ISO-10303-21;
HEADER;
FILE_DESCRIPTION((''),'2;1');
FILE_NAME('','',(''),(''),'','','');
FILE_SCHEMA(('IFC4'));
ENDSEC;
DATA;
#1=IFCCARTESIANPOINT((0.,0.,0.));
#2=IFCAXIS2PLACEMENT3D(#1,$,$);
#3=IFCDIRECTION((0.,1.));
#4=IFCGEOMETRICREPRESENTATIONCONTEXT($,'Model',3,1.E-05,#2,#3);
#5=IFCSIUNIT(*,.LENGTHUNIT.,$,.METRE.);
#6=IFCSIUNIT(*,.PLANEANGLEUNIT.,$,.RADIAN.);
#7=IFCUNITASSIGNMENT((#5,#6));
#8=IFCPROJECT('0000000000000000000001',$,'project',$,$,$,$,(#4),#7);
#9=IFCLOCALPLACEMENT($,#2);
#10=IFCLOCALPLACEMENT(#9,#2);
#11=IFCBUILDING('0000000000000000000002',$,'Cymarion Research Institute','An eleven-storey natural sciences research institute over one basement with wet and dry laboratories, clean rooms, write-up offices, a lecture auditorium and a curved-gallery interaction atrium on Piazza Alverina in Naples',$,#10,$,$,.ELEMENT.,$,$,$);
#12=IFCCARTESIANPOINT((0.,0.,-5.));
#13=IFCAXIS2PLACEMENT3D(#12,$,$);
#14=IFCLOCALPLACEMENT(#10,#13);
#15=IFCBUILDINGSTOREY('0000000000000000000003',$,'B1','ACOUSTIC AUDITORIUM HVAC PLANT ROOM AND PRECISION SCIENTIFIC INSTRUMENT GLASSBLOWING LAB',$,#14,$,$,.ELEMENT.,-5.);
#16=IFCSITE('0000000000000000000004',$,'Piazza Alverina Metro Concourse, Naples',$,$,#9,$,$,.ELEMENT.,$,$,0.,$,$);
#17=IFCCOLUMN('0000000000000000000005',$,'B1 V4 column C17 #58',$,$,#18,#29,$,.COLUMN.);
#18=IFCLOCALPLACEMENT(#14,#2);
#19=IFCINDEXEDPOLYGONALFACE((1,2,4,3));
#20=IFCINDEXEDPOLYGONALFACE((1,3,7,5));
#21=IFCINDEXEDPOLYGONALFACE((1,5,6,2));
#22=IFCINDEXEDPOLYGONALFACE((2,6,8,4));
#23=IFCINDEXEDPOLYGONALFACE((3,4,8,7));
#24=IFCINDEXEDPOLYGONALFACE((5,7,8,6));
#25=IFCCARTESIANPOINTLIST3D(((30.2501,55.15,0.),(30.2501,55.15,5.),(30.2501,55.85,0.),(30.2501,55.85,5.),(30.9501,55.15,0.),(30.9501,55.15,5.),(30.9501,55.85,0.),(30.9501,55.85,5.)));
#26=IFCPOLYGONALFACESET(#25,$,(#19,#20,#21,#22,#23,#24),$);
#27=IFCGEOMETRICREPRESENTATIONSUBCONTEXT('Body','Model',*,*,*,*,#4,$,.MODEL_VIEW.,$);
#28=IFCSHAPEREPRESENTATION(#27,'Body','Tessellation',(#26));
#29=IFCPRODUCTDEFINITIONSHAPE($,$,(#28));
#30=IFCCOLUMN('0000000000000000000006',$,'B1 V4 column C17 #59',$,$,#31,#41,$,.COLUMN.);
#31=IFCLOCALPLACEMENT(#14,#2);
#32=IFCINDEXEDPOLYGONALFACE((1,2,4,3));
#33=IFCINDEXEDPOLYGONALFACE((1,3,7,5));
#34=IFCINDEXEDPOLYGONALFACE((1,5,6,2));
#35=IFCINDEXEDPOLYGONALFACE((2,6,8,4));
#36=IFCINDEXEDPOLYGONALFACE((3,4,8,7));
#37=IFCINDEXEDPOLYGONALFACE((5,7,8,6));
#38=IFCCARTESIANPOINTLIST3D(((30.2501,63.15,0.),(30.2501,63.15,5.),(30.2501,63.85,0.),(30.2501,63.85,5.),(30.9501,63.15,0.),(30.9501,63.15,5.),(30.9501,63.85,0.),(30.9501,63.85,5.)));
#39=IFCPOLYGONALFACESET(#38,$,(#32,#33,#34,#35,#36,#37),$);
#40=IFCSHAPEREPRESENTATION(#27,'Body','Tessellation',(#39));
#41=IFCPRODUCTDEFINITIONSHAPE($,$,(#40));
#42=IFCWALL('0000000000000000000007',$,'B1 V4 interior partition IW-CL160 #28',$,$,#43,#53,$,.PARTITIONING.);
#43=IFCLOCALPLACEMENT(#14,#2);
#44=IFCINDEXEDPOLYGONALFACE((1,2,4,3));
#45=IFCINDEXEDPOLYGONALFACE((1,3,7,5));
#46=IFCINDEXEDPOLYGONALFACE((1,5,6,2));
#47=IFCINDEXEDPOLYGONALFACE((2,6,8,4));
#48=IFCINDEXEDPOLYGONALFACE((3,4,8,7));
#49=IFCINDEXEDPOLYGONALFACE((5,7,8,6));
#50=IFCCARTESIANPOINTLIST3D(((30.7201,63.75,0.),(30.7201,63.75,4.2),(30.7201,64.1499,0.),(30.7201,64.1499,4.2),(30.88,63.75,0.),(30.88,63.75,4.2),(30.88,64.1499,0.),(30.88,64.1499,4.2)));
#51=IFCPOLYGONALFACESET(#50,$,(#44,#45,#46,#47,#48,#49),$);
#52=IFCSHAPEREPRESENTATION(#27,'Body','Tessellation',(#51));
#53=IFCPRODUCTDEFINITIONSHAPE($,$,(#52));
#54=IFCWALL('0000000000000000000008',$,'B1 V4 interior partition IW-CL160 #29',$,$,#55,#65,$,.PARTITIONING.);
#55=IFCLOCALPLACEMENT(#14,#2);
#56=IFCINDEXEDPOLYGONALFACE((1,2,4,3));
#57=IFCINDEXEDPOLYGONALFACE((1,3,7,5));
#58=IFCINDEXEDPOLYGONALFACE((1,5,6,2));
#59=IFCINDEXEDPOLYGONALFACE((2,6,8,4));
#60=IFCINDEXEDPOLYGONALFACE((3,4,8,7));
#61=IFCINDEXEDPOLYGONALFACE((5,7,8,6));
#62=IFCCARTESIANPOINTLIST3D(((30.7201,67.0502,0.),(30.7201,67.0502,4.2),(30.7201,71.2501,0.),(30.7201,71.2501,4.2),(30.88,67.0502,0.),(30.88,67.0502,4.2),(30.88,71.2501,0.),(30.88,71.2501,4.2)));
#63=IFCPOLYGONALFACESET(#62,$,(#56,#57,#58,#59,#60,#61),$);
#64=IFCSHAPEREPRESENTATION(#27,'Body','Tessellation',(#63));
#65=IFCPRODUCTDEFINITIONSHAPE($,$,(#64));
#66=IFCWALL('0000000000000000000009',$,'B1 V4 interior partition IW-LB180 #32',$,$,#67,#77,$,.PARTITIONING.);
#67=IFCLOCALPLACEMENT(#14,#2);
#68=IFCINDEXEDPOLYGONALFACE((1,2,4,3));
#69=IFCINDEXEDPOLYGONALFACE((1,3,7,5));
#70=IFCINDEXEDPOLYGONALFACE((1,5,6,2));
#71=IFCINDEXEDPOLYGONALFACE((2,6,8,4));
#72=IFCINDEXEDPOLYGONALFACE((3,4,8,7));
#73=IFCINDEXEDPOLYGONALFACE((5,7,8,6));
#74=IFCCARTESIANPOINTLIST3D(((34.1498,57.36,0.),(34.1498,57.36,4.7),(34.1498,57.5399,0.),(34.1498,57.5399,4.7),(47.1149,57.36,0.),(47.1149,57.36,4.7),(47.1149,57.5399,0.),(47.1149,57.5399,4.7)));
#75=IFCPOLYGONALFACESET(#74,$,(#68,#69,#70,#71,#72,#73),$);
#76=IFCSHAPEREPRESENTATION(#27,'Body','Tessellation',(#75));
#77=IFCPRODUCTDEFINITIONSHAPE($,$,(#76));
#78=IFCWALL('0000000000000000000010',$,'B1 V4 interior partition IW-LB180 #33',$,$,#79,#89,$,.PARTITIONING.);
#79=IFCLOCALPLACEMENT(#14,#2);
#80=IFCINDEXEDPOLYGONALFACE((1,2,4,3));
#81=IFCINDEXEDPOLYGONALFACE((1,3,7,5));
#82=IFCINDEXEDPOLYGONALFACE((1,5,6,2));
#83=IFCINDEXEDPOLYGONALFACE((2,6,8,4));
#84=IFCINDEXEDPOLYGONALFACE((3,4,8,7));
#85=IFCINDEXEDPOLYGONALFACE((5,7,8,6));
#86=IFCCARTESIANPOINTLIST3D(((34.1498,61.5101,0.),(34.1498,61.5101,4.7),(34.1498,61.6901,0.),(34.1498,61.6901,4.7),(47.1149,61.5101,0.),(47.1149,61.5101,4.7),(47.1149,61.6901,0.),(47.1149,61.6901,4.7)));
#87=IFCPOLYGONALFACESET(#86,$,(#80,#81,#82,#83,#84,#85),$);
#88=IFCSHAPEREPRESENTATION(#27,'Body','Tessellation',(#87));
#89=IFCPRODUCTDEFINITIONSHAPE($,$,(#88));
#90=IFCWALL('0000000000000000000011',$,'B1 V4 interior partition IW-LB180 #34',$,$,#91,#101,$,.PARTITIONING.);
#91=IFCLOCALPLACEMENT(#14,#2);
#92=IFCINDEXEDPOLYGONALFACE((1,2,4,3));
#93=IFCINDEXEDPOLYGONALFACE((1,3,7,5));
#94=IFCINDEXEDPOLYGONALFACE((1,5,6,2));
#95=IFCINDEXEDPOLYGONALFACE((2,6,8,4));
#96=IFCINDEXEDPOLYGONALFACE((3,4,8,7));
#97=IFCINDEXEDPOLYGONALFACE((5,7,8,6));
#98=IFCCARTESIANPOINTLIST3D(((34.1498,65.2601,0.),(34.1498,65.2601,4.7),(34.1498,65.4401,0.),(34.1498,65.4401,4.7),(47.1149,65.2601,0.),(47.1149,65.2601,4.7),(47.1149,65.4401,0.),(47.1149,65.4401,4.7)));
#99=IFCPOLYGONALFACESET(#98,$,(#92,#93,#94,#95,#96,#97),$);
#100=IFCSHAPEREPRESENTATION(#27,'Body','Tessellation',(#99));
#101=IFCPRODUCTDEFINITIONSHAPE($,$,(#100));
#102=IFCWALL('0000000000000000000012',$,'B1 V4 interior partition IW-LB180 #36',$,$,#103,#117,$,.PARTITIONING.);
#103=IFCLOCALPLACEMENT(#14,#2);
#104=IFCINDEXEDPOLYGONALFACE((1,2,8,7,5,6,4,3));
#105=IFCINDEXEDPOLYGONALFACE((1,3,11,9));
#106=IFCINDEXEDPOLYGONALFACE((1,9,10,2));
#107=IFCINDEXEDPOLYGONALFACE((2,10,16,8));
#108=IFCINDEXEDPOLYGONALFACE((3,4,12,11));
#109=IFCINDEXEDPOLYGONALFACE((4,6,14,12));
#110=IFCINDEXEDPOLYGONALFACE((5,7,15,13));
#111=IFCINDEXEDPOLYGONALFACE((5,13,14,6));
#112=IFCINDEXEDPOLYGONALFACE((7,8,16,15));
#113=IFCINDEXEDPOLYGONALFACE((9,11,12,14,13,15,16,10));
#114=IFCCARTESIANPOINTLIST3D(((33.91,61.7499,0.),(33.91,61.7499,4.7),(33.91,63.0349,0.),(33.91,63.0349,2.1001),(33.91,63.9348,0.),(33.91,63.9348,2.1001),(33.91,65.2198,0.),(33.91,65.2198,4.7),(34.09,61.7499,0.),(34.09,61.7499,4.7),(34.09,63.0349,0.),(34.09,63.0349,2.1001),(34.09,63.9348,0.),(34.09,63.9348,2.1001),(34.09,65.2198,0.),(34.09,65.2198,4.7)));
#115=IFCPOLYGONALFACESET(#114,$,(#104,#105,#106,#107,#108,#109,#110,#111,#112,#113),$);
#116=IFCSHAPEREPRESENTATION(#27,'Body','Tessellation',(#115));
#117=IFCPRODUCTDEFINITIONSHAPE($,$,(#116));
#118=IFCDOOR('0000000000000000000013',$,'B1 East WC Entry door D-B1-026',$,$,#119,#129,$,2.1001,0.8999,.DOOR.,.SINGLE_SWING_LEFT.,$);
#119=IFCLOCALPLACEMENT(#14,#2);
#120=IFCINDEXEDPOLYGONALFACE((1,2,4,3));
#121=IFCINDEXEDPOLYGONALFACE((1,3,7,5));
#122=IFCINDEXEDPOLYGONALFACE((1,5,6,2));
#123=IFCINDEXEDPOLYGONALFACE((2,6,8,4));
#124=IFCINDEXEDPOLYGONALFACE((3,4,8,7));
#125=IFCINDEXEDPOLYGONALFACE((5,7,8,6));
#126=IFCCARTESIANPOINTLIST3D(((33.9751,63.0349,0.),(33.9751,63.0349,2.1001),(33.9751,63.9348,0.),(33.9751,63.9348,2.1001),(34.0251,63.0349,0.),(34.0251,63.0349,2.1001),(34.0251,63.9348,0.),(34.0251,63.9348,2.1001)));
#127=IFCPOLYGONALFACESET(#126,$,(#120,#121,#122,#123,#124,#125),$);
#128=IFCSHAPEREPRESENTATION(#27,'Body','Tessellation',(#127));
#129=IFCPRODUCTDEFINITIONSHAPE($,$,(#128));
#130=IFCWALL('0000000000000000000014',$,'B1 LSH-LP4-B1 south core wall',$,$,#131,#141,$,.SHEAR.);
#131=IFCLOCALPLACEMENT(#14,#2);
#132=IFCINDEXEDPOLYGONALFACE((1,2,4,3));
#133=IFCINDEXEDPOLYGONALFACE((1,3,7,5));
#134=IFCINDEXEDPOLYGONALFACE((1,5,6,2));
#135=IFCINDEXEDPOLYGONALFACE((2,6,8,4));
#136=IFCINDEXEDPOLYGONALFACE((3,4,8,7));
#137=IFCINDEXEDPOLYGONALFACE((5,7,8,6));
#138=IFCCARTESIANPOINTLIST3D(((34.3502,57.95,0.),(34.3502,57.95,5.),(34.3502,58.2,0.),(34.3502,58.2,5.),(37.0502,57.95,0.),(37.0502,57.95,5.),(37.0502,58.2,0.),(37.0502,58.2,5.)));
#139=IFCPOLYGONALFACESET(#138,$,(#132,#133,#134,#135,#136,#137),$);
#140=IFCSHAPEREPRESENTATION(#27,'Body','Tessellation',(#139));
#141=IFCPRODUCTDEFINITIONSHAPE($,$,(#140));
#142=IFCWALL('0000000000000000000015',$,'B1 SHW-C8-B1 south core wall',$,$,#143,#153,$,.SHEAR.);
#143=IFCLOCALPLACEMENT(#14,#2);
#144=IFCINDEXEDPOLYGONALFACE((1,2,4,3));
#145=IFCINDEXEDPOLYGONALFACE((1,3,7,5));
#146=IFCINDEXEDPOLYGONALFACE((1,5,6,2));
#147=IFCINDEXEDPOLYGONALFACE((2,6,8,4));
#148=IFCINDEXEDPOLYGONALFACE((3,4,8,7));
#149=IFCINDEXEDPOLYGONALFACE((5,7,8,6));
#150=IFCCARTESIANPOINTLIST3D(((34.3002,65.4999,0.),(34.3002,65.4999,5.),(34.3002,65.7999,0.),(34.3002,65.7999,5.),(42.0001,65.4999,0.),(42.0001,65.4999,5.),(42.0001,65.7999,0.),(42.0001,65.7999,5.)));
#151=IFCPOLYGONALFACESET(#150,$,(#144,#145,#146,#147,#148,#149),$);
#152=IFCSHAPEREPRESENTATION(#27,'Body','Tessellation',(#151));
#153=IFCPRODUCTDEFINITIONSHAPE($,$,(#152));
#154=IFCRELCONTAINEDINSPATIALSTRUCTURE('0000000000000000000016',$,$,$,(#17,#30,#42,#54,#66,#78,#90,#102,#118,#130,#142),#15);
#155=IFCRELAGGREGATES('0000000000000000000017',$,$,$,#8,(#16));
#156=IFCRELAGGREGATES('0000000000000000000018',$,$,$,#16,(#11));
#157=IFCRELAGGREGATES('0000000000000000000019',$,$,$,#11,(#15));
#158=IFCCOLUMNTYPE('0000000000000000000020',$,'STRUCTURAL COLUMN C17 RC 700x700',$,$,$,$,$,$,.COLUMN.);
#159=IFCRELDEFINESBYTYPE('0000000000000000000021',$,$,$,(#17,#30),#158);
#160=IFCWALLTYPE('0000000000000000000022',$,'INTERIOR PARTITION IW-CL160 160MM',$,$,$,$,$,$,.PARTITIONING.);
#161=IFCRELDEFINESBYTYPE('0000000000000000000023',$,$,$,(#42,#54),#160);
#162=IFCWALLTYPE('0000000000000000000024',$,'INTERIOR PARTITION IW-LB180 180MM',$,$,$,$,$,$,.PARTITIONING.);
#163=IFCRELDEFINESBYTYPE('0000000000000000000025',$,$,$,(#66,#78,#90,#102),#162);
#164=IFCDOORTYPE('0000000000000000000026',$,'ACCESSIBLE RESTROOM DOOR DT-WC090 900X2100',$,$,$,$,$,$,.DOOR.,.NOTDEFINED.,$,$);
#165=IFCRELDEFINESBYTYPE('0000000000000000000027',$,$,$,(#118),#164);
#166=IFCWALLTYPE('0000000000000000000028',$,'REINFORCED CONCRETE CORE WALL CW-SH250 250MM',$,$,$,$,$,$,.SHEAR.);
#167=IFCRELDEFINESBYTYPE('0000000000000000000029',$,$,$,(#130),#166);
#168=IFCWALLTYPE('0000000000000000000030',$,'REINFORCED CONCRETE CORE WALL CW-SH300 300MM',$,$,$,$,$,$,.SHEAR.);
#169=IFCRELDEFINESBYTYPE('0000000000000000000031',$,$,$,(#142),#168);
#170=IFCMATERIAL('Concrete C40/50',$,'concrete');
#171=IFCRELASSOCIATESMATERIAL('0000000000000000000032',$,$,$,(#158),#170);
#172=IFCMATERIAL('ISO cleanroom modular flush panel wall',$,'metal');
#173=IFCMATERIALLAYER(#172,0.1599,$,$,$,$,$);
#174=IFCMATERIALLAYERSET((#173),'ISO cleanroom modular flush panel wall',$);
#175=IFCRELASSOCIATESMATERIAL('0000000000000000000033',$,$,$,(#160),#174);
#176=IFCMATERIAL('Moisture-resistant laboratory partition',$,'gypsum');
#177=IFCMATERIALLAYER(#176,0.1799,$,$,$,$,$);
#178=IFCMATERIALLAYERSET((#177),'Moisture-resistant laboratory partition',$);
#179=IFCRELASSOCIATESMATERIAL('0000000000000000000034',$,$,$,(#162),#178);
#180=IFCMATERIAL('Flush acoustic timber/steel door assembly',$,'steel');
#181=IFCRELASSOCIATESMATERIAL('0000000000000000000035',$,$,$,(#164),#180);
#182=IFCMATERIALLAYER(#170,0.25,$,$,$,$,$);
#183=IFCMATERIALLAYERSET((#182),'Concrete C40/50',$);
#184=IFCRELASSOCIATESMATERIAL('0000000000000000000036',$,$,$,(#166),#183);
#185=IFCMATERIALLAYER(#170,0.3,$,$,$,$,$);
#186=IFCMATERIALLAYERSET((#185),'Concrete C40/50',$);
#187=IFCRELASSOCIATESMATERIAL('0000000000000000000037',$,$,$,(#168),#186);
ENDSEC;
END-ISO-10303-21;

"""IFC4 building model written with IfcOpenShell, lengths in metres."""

from ifc_helpers import new_model, si_unit, direction, frame, frame_2d, origin, origin_2d, place, context, subcontext, project, spatial, rectangle, extrude, material, layer, layer_set, material_profile, profile_set, type_object, element, fill, save


model = new_model("IFC4")

# Units and contexts
model_context = context("Model", 3, precision=1e-05, world=origin(), true_north=direction((0.0, 1.0)))
body_context = subcontext(model_context, "Body", "Model", "MODEL_VIEW")
ifc_project = project(units=[si_unit("LENGTHUNIT", "METRE"), si_unit("PLANEANGLEUNIT", "RADIAN")], contexts=[model_context])

# Site, building, storey
site_placement = place(None, origin())
site = spatial("IfcSite", under=ifc_project, at=site_placement, Name="Piazza Alverina Metro Concourse, Naples", CompositionType="ELEMENT", RefElevation=0.0)
building_placement = place(site_placement, origin())
building = spatial("IfcBuilding", under=site, at=building_placement, Name="Cymarion Research Institute", Description="An eleven-storey natural sciences research institute over one basement with wet and dry laboratories, clean rooms, write-up offices, a lecture auditorium and a curved-gallery interaction atrium on Piazza Alverina in Naples", CompositionType="ELEMENT")
storey_placement = place(building_placement, frame((0.0, 0.0, -5.0)))
storey = spatial("IfcBuildingStorey", under=building, at=storey_placement, Name="B1", Description="ACOUSTIC AUDITORIUM HVAC PLANT ROOM AND PRECISION SCIENTIFIC INSTRUMENT GLASSBLOWING LAB", CompositionType="ELEMENT", Elevation=-5.0)

# Columns
ifc_material_1 = material(Name="Concrete C40/50", Category="concrete")
ifc_material_profile_1 = material_profile(ifc_material_1, rectangle(XDim=0.7, YDim=0.7, at=origin_2d()), Name="RC 700x700")
ifc_profile_set_1 = profile_set([ifc_material_profile_1], Name="Concrete C40/50")
column_type = type_object("IfcColumnType", Name="STRUCTURAL COLUMN C17 RC 700x700", PredefinedType="COLUMN", material=ifc_profile_set_1)
for number, where, z_axis, x_axis, name in (
    (1, (30.6001, 55.5, 0.0), (0.0, 0.0, 1.0), (1.0, 0.0, 0.0), "B1 V4 column C17 #58"),
    (2, (30.6001, 63.5, 0.0), (0.0, 0.0, 1.0), (1.0, 0.0, 0.0), "B1 V4 column C17 #59"),
):
    element("IfcColumn", number, at=place(storey_placement, frame(where, z_axis=z_axis, x_axis=x_axis)), inside=storey, type_object=column_type, Name=name, PredefinedType="COLUMN", context=body_context, shape_type="SweptSolid", body=[
        extrude(rectangle(XDim=0.7, YDim=0.7, at=origin_2d()), origin(), (0.0, 0.0, 1.0), 5.0),
    ])

# Shared definitions
ifc_material_2 = material(Name="ISO cleanroom modular flush panel wall", Category="metal")
ifc_layer_1 = layer(ifc_material_2, 0.1599)
ifc_layer_set_1 = layer_set([ifc_layer_1], Name="ISO cleanroom modular flush panel wall")
wall_type_1 = type_object("IfcWallType", Name="INTERIOR PARTITION IW-CL160 160MM", PredefinedType="PARTITIONING", material=ifc_layer_set_1)
ifc_material_3 = material(Name="Flush acoustic timber/steel door assembly", Category="steel")

# Walls
wall_1_placement = place(storey_placement, frame((30.8, 63.75, 0.0), z_axis=(0.0, 0.0, 1.0), x_axis=(0.0, 1.0, 0.0)))
element("IfcWall", 3, at=wall_1_placement, inside=storey, type_object=wall_type_1, Name="B1 V4 interior partition IW-CL160 #28", PredefinedType="PARTITIONING", context=body_context, shape_type="SweptSolid", body=[
    extrude(rectangle(XDim=0.3999, YDim=0.1599, at=frame_2d((0.2, 0.0))), origin(), (0.0, 0.0, 1.0), 4.2),
])
wall_2_placement = place(storey_placement, frame((30.8, 67.05, 0.0), z_axis=(0.0, 0.0, 1.0), x_axis=(0.0, 1.0, 0.0)))
element("IfcWall", 4, at=wall_2_placement, inside=storey, type_object=wall_type_1, Name="B1 V4 interior partition IW-CL160 #29", PredefinedType="PARTITIONING", context=body_context, shape_type="SweptSolid", body=[
    extrude(rectangle(XDim=4.2, YDim=0.1599, at=frame_2d((2.1001, 0.0))), origin(), (0.0, 0.0, 1.0), 4.2),
])
ifc_material_4 = material(Name="Moisture-resistant laboratory partition", Category="gypsum")
ifc_layer_2 = layer(ifc_material_4, 0.1799)
ifc_layer_set_2 = layer_set([ifc_layer_2], Name="Moisture-resistant laboratory partition")
wall_type_2 = type_object("IfcWallType", Name="INTERIOR PARTITION IW-LB180 180MM", PredefinedType="PARTITIONING", material=ifc_layer_set_2)
for number, where, z_axis, x_axis, name in (
    (5, (34.1499, 57.45, 0.0), (0.0, 0.0, 1.0), (1.0, 0.0, 0.0), "B1 V4 interior partition IW-LB180 #32"),
    (6, (34.1499, 61.6001, 0.0), (0.0, 0.0, 1.0), (1.0, 0.0, 0.0), "B1 V4 interior partition IW-LB180 #33"),
    (7, (34.1499, 65.3501, 0.0), (0.0, 0.0, 1.0), (1.0, 0.0, 0.0), "B1 V4 interior partition IW-LB180 #34"),
):
    element("IfcWall", number, at=place(storey_placement, frame(where, z_axis=z_axis, x_axis=x_axis)), inside=storey, type_object=wall_type_2, Name=name, PredefinedType="PARTITIONING", context=body_context, shape_type="SweptSolid", body=[
        extrude(rectangle(XDim=12.9651, YDim=0.1799, at=frame_2d((6.4824, 0.0))), origin(), (0.0, 0.0, 1.0), 4.7),
    ])

# Wall, opening, door
wall_3_placement = place(storey_placement, frame((34.0, 61.75, 0.0), z_axis=(0.0, 0.0, 1.0), x_axis=(0.0, 1.0, 0.0)))
wall_3 = element("IfcWall", 8, at=wall_3_placement, inside=storey, type_object=wall_type_2, Name="B1 V4 interior partition IW-LB180 #36", PredefinedType="PARTITIONING", context=body_context, shape_type="SweptSolid", body=[
    extrude(rectangle(XDim=3.47, YDim=0.1799, at=frame_2d((1.7349, 0.0))), origin(), (0.0, 0.0, 1.0), 4.7),
])
opening_1_placement = place(wall_3_placement, frame((1.2849, 0.0, 0.0)))
opening_1 = element("IfcOpeningElement", 9, at=opening_1_placement, cuts=wall_3, PredefinedType="OPENING", context=body_context, shape_type="SweptSolid", body=[
    extrude(rectangle(XDim=0.8999, YDim=2.1001, at=frame_2d((0.45, 1.05))), frame((0.0, 0.0999, 0.0), z_axis=(0.0, -1.0, 0.0), x_axis=(1.0, 0.0, 0.0)), (0.0, 0.0, 1.0), 0.2),
])
door_type_1 = type_object("IfcDoorType", Name="ACCESSIBLE RESTROOM DOOR DT-WC090 900X2100", OperationType="NOTDEFINED", PredefinedType="DOOR", material=ifc_material_3)
door_1_placement = place(opening_1_placement, origin())
door_1 = element("IfcDoor", 10, at=door_1_placement, inside=storey, type_object=door_type_1, Name="B1 East WC Entry door D-B1-026", OperationType="SINGLE_SWING_LEFT", OverallHeight=2.1001, OverallWidth=0.8999, PredefinedType="DOOR", context=body_context, shape_type="SweptSolid", body=[
    extrude(rectangle(XDim=0.8999, YDim=2.1001, at=frame_2d((0.45, 1.05))), frame((0.0, 0.0249, 0.0), z_axis=(0.0, -1.0, 0.0), x_axis=(1.0, 0.0, 0.0)), (0.0, 0.0, 1.0), 0.05),
])
fill(opening_1, door_1)

# Walls
ifc_layer_3 = layer(ifc_material_1, 0.25)
ifc_layer_set_3 = layer_set([ifc_layer_3], Name="Concrete C40/50")
wall_type_3 = type_object("IfcWallType", Name="REINFORCED CONCRETE CORE WALL CW-SH250 250MM", PredefinedType="SHEAR", material=ifc_layer_set_3)
wall_4_placement = place(storey_placement, frame((34.3501, 58.075, 0.0), z_axis=(0.0, 0.0, 1.0), x_axis=(1.0, 0.0, 0.0)))
element("IfcWall", 11, at=wall_4_placement, inside=storey, type_object=wall_type_3, Name="B1 LSH-LP4-B1 south core wall", PredefinedType="SHEAR", context=body_context, shape_type="SweptSolid", body=[
    extrude(rectangle(XDim=2.7, YDim=0.25, at=frame_2d((1.3501, 0.0))), origin(), (0.0, 0.0, 1.0), 5.0),
])
ifc_layer_4 = layer(ifc_material_1, 0.3)
ifc_layer_set_4 = layer_set([ifc_layer_4], Name="Concrete C40/50")
wall_type_4 = type_object("IfcWallType", Name="REINFORCED CONCRETE CORE WALL CW-SH300 300MM", PredefinedType="SHEAR", material=ifc_layer_set_4)
wall_5_placement = place(storey_placement, frame((34.3, 65.6499, 0.0), z_axis=(0.0, 0.0, 1.0), x_axis=(1.0, 0.0, 0.0)))
element("IfcWall", 12, at=wall_5_placement, inside=storey, type_object=wall_type_4, Name="B1 SHW-C8-B1 south core wall", PredefinedType="SHEAR", context=body_context, shape_type="SweptSolid", body=[
    extrude(rectangle(XDim=7.7, YDim=0.3, at=frame_2d((3.8501, 0.0))), origin(), (0.0, 0.0, 1.0), 5.0),
])

save(model, "model.ifc")
